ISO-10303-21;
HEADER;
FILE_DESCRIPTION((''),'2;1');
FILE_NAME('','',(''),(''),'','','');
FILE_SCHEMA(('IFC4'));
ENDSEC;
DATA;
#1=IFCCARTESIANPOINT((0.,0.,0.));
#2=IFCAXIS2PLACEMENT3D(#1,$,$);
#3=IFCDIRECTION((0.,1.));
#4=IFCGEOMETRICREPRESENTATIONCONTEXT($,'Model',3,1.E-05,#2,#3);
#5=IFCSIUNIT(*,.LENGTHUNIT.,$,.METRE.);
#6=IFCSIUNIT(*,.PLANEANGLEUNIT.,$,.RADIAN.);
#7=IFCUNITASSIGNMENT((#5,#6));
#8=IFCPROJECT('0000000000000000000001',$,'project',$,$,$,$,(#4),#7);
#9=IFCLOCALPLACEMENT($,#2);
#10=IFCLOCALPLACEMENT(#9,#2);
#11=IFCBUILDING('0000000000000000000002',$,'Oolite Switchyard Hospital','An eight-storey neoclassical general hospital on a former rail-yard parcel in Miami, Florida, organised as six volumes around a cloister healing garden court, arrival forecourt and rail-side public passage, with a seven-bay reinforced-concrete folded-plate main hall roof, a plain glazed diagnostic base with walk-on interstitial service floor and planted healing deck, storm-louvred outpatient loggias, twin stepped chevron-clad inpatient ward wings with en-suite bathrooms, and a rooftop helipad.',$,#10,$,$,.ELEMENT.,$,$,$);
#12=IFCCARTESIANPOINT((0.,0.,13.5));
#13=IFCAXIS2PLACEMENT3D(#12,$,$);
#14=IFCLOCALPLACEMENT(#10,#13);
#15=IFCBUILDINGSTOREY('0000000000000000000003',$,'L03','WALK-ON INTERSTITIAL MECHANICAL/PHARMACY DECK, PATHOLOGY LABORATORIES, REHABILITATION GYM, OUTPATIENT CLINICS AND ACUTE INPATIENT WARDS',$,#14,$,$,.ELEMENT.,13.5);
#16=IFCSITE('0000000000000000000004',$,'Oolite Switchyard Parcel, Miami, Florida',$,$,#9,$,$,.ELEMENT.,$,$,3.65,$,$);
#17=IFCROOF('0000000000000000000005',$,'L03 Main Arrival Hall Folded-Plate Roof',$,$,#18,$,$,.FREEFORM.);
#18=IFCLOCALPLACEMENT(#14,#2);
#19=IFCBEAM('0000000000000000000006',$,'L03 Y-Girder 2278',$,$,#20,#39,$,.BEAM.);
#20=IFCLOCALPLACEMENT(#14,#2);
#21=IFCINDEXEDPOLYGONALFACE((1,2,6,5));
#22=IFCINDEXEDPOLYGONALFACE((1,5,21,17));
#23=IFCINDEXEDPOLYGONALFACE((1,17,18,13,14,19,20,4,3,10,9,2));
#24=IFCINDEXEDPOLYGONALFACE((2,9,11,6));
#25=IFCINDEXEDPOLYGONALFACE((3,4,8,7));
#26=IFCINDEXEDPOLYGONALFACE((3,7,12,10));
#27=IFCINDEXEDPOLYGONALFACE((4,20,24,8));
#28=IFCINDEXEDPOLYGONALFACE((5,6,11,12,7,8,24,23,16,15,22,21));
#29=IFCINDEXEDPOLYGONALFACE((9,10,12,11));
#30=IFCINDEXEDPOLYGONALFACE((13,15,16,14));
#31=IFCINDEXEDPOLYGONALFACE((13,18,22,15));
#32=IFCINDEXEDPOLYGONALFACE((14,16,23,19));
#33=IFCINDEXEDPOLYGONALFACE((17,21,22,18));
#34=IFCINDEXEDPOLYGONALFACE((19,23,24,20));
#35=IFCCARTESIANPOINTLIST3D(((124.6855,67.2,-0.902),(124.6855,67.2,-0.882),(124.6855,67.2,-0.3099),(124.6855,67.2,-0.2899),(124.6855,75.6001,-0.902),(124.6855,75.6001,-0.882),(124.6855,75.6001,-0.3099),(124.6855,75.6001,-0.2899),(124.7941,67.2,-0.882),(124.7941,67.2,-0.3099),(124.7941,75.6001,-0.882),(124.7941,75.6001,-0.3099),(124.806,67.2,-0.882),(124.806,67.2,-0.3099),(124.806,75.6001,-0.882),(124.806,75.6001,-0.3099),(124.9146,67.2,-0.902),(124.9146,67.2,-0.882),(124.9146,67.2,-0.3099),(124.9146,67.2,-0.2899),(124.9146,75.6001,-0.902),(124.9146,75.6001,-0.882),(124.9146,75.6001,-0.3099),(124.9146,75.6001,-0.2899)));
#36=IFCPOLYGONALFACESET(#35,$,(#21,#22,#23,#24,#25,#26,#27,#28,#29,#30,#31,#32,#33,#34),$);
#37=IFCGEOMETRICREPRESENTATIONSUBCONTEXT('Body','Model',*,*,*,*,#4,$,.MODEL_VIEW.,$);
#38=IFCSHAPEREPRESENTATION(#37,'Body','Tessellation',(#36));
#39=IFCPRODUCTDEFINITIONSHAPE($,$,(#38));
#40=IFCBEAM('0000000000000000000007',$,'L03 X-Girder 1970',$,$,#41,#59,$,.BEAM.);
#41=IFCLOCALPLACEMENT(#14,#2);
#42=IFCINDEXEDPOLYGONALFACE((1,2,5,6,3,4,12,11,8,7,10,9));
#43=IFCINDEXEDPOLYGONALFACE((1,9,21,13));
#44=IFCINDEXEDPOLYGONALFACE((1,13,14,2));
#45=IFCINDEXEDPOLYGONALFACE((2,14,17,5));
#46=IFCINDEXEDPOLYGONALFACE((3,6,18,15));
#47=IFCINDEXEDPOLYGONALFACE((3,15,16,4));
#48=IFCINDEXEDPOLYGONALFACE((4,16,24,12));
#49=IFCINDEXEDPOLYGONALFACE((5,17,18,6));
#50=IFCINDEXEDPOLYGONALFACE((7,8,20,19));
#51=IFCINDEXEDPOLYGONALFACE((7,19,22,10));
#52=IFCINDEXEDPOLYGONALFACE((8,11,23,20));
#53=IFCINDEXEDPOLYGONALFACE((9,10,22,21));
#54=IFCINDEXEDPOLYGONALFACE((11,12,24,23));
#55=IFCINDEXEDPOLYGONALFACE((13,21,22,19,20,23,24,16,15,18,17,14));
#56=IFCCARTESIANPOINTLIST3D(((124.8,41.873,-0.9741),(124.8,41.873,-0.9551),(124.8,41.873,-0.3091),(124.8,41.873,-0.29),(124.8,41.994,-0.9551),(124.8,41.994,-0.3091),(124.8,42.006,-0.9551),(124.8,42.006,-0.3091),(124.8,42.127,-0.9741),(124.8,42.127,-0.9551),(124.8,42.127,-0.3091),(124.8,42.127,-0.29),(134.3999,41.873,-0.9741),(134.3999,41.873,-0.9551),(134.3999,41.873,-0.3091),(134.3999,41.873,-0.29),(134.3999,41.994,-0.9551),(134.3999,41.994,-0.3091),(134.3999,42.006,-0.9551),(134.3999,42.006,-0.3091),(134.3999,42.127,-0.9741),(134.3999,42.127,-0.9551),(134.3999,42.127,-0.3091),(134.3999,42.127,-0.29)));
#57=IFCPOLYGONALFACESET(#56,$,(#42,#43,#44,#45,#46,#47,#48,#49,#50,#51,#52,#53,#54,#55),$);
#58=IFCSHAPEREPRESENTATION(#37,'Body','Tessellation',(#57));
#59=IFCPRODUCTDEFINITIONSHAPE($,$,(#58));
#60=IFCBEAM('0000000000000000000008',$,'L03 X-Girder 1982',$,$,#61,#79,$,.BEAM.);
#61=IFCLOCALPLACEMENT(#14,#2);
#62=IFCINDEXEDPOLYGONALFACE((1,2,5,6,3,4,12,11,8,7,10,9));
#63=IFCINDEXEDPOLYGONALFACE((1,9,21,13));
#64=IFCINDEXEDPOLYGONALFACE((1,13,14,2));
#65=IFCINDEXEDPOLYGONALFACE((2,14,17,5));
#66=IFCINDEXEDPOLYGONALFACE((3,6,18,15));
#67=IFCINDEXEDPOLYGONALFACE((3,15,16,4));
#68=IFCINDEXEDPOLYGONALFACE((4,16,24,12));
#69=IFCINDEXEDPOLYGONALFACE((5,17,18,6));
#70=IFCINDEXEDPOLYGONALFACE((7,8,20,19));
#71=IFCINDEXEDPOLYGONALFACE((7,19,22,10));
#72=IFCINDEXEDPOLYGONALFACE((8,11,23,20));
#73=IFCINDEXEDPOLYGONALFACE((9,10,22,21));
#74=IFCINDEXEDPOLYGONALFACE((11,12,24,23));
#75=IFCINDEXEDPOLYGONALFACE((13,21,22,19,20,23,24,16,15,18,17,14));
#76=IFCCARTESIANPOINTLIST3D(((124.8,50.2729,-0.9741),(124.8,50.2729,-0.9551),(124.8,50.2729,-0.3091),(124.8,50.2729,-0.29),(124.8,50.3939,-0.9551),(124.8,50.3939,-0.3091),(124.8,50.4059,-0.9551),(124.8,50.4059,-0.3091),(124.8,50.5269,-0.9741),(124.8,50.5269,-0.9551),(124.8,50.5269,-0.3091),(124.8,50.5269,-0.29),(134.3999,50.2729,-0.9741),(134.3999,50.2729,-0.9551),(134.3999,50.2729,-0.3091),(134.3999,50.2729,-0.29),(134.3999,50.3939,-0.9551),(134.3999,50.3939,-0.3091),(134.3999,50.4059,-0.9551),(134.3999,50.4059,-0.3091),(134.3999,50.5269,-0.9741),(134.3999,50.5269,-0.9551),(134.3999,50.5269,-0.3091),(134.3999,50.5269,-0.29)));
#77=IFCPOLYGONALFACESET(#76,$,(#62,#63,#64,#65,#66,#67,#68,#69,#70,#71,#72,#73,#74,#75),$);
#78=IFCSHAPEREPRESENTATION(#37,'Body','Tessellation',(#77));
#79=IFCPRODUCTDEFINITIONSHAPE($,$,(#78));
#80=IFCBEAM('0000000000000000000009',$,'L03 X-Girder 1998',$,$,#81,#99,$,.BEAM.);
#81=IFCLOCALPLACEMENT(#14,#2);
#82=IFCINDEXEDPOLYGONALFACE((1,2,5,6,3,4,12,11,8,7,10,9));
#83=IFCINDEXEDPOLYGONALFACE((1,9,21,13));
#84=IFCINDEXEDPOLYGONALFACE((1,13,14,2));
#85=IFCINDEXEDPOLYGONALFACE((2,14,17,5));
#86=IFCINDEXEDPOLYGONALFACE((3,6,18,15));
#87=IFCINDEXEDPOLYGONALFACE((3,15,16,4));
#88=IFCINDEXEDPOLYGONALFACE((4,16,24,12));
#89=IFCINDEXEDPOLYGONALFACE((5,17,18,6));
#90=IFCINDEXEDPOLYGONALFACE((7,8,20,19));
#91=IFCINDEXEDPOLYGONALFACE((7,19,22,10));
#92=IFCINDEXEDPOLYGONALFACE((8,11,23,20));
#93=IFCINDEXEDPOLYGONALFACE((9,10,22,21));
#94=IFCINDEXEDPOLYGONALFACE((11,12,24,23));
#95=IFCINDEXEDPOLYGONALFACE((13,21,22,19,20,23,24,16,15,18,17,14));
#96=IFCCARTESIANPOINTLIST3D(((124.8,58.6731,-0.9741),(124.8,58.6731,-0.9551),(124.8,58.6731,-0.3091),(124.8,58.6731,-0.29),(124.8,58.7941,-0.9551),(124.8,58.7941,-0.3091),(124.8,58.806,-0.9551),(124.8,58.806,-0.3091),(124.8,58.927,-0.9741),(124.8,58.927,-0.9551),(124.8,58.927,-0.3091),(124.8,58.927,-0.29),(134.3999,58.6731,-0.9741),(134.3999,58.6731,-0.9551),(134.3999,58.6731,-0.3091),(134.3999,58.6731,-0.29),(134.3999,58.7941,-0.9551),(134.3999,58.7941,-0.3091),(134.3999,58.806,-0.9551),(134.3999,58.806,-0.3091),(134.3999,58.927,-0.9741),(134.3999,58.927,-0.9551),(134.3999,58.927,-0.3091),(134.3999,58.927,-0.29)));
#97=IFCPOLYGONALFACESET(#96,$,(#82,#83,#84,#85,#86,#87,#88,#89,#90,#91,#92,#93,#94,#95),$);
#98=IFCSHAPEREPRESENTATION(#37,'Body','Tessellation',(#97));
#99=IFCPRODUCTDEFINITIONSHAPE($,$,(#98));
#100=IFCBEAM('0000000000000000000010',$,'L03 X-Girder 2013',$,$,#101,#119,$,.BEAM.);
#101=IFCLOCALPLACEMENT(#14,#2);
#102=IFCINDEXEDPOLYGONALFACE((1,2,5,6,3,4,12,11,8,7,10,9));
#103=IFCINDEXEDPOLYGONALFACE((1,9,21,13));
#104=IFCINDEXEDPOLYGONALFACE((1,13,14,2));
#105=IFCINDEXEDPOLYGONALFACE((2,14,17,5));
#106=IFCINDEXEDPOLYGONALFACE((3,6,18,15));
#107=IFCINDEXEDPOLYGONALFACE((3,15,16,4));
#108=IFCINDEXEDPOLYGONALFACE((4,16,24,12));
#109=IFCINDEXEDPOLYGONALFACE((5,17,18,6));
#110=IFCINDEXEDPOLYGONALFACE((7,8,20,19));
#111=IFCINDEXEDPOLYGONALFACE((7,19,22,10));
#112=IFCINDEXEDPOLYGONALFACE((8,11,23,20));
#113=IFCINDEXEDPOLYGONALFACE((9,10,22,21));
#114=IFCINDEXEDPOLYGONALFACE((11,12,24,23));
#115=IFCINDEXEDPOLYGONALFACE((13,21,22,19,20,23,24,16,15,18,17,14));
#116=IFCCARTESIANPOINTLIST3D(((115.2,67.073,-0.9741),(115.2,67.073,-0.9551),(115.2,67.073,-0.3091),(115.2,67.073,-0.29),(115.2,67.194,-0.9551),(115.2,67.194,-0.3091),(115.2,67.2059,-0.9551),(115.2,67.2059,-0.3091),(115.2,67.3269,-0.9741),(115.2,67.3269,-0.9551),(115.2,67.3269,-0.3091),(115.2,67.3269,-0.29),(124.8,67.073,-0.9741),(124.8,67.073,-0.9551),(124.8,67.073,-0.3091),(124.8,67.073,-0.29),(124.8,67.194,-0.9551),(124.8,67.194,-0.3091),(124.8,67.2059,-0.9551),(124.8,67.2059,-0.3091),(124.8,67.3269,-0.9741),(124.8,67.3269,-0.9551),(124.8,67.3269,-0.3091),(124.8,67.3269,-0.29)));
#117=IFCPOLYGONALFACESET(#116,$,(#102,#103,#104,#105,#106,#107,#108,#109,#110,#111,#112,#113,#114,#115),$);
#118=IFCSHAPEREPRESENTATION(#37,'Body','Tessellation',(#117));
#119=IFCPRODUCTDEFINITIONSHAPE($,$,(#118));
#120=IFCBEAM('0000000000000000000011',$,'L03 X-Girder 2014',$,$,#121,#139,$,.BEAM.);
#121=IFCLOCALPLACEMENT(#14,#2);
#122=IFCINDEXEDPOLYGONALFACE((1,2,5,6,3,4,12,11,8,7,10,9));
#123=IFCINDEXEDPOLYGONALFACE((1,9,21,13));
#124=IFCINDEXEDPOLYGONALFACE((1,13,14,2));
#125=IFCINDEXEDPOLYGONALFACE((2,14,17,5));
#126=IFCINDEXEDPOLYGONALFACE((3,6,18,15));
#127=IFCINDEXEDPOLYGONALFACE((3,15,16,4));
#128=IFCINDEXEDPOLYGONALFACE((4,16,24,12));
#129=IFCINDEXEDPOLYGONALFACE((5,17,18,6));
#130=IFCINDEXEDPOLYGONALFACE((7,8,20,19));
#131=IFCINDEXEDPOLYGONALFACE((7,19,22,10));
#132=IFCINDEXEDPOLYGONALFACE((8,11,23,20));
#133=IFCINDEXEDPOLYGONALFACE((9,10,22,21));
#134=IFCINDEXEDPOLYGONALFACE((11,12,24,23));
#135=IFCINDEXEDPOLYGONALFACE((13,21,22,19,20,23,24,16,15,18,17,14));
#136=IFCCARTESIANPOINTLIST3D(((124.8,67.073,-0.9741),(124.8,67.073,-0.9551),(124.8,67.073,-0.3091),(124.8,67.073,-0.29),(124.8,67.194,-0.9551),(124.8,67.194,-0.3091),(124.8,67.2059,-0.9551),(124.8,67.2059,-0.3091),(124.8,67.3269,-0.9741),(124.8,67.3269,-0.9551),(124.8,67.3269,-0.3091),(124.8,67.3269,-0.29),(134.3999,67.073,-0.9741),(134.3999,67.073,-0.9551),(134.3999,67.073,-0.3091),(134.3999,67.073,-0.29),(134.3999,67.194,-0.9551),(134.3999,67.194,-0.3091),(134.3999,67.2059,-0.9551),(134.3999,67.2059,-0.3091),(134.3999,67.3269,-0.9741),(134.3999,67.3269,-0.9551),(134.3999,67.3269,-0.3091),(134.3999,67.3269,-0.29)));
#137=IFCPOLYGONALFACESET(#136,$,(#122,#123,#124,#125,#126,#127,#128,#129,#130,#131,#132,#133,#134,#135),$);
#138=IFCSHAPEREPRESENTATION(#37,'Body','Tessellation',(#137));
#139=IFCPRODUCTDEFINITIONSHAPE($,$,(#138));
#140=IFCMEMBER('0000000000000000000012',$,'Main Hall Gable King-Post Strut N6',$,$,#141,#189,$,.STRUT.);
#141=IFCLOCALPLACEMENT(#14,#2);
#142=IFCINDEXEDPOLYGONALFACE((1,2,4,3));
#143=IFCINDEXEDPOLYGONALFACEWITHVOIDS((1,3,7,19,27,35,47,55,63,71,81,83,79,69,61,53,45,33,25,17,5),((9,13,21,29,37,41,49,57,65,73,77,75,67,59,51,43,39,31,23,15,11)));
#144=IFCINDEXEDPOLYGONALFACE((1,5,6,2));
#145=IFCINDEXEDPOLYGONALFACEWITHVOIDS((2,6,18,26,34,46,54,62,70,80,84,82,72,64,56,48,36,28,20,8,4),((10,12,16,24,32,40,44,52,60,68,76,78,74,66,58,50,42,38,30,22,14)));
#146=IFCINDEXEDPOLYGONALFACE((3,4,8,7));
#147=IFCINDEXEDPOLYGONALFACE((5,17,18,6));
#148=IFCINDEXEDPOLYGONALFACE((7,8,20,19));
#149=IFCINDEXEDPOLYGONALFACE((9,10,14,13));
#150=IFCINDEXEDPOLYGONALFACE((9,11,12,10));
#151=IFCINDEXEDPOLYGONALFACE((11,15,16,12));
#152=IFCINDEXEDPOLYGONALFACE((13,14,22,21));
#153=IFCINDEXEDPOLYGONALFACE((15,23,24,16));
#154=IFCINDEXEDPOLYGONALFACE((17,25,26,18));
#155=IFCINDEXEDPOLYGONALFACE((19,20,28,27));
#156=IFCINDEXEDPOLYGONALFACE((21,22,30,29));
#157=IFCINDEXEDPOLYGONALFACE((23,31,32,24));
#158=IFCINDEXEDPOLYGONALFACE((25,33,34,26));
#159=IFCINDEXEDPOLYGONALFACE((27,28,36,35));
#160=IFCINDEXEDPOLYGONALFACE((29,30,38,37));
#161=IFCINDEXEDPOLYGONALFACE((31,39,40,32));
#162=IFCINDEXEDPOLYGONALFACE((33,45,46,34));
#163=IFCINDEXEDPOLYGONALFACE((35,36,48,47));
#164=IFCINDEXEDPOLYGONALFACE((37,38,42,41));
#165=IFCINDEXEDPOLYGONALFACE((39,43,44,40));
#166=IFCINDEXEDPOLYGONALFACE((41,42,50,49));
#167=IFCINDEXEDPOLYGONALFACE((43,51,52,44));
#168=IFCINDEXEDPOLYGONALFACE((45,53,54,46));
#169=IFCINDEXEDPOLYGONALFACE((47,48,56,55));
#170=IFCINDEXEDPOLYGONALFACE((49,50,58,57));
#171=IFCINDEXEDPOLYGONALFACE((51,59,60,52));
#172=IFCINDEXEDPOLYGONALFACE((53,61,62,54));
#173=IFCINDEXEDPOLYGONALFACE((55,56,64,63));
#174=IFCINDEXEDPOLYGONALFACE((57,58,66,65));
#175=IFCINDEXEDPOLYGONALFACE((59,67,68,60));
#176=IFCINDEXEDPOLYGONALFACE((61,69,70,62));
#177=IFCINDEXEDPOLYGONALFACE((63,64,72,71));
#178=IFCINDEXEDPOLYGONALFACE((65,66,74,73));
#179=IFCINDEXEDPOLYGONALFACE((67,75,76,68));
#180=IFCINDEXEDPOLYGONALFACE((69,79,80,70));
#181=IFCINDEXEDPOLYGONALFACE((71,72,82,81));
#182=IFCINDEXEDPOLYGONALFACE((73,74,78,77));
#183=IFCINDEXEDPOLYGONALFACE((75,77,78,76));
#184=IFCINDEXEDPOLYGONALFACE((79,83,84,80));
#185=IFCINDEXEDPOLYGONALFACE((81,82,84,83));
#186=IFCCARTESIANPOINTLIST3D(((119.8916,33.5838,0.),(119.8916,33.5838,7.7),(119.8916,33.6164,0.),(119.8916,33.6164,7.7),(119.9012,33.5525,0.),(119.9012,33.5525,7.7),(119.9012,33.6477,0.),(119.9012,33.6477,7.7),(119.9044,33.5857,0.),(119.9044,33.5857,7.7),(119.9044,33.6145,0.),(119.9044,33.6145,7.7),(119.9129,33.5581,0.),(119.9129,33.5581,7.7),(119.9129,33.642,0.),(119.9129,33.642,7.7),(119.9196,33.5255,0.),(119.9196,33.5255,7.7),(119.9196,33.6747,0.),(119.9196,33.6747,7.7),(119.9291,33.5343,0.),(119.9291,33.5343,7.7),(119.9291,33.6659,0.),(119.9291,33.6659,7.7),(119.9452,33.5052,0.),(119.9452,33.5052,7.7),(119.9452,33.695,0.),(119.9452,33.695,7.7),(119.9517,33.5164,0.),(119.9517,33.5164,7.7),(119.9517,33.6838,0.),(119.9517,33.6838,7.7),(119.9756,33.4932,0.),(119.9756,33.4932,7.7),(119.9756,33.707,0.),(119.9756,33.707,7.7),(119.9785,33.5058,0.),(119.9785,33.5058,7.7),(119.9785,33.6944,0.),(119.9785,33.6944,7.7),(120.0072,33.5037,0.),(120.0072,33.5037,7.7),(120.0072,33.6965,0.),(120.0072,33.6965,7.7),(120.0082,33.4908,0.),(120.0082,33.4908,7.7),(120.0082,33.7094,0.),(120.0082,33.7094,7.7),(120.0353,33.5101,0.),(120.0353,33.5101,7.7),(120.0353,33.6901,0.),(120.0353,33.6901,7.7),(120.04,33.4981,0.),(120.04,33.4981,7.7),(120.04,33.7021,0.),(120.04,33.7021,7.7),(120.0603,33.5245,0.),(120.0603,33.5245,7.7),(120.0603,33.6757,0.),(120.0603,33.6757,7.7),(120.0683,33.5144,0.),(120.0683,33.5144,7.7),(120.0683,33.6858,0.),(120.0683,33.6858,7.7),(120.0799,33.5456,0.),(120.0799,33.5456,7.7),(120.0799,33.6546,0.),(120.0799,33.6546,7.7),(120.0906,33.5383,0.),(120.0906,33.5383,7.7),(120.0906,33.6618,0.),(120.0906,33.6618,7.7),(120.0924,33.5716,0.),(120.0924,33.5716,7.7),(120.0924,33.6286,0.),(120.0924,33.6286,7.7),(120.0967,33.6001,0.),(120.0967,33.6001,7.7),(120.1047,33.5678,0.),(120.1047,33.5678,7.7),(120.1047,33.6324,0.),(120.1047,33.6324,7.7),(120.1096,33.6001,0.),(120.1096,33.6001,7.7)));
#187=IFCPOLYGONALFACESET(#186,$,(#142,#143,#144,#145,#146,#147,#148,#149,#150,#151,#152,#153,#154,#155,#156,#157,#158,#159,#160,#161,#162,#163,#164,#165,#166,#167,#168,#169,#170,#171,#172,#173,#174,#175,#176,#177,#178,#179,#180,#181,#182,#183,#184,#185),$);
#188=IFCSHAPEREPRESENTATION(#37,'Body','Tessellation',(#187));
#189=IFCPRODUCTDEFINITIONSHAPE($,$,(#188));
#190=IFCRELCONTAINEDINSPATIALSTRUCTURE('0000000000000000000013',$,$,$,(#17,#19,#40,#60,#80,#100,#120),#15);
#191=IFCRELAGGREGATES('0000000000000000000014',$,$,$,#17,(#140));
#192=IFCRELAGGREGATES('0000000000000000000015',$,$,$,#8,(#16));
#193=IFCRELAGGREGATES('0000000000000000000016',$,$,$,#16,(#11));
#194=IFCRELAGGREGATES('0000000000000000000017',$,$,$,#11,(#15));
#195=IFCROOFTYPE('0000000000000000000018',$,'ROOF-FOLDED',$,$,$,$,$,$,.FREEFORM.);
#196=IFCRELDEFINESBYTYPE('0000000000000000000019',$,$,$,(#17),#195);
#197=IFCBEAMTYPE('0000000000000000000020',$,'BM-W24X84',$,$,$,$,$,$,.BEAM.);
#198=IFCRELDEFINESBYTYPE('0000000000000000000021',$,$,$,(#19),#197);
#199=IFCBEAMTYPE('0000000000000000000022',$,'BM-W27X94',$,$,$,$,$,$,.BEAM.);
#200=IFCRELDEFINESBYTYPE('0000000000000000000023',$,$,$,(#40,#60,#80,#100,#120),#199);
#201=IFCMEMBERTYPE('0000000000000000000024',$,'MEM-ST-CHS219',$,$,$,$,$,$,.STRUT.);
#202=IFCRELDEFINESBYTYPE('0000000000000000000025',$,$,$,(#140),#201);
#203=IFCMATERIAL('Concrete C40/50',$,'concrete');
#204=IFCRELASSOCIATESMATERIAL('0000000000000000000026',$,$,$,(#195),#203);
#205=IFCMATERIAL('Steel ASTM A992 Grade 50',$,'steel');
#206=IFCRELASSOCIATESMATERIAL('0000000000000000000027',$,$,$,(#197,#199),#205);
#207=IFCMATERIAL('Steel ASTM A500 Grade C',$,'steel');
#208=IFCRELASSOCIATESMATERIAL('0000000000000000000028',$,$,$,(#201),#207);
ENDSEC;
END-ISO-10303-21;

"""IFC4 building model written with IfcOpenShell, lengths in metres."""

from ifc_helpers import new_model, si_unit, direction, frame, origin, origin_2d, place, context, subcontext, project, spatial, hollow_circle, i_section, extrude, material, material_profile, profile_set, type_object, element, aggregate, save


model = new_model("IFC4")

# Units and contexts
model_context = context("Model", 3, precision=1e-05, world=origin(), true_north=direction((0.0, 1.0)))
body_context = subcontext(model_context, "Body", "Model", "MODEL_VIEW")
ifc_project = project(units=[si_unit("LENGTHUNIT", "METRE"), si_unit("PLANEANGLEUNIT", "RADIAN")], contexts=[model_context])

# Site, building, storey
site_placement = place(None, origin())
site = spatial("IfcSite", under=ifc_project, at=site_placement, Name="Oolite Switchyard Parcel, Miami, Florida", CompositionType="ELEMENT", RefElevation=3.65)
building_placement = place(site_placement, origin())
building = spatial("IfcBuilding", under=site, at=building_placement, Name="Oolite Switchyard Hospital", Description="An eight-storey neoclassical general hospital on a former rail-yard parcel in Miami, Florida, organised as six volumes around a cloister healing garden court, arrival forecourt and rail-side public passage, with a seven-bay reinforced-concrete folded-plate main hall roof, a plain glazed diagnostic base with walk-on interstitial service floor and planted healing deck, storm-louvred outpatient loggias, twin stepped chevron-clad inpatient ward wings with en-suite bathrooms, and a rooftop helipad.", CompositionType="ELEMENT")
storey_placement = place(building_placement, frame((0.0, 0.0, 13.5)))
storey = spatial("IfcBuildingStorey", under=building, at=storey_placement, Name="L03", Description="WALK-ON INTERSTITIAL MECHANICAL/PHARMACY DECK, PATHOLOGY LABORATORIES, REHABILITATION GYM, OUTPATIENT CLINICS AND ACUTE INPATIENT WARDS", CompositionType="ELEMENT", Elevation=13.5)

# Roof
ifc_material_1 = material(Name="Concrete C40/50", Category="concrete")
roof_type = type_object("IfcRoofType", Name="ROOF-FOLDED", PredefinedType="FREEFORM", material=ifc_material_1)
roof_placement = place(storey_placement, origin())
roof = element("IfcRoof", 1, at=roof_placement, inside=storey, type_object=roof_type, Name="L03 Main Arrival Hall Folded-Plate Roof", PredefinedType="FREEFORM")

# Beams
ifc_material_2 = material(Name="Steel ASTM A992 Grade 50", Category="steel")
ifc_material_profile_1 = material_profile(ifc_material_2, i_section(OverallWidth=0.229, OverallDepth=0.6121, WebThickness=0.012, FlangeThickness=0.02, at=origin_2d()), Name="W24X84")
ifc_profile_set_1 = profile_set([ifc_material_profile_1], Name="Steel ASTM A992 Grade 50")
beam_type_1 = type_object("IfcBeamType", Name="BM-W24X84", PredefinedType="BEAM", material=ifc_profile_set_1)
beam_1_placement = place(storey_placement, frame((124.8, 67.2, -0.5959), z_axis=(0.0, 1.0, 0.0), x_axis=(-1.0, 0.0, 0.0)))
element("IfcBeam", 2, at=beam_1_placement, inside=storey, type_object=beam_type_1, Name="L03 Y-Girder 2278", PredefinedType="BEAM", context=body_context, shape_type="SweptSolid", body=[
    extrude(i_section(OverallWidth=0.229, OverallDepth=0.6121, WebThickness=0.012, FlangeThickness=0.02, at=origin_2d()), origin(), (0.0, 0.0, 1.0), 8.4001),
])
ifc_material_profile_2 = material_profile(ifc_material_2, i_section(OverallWidth=0.2539, OverallDepth=0.6841, WebThickness=0.012, FlangeThickness=0.019, at=origin_2d()), Name="W27X94")
ifc_profile_set_2 = profile_set([ifc_material_profile_2], Name="Steel ASTM A992 Grade 50")
beam_type_2 = type_object("IfcBeamType", Name="BM-W27X94", PredefinedType="BEAM", material=ifc_profile_set_2)
for number, where, z_axis, x_axis, name in (
    (3, (124.8, 42.0, -0.6321), (1.0, 0.0, 0.0), (0.0, 1.0, 0.0), "L03 X-Girder 1970"),
    (4, (124.8, 50.3999, -0.6321), (1.0, 0.0, 0.0), (0.0, 1.0, 0.0), "L03 X-Girder 1982"),
    (5, (124.8, 58.8, -0.6321), (1.0, 0.0, 0.0), (0.0, 1.0, 0.0), "L03 X-Girder 1998"),
):
    element("IfcBeam", number, at=place(storey_placement, frame(where, z_axis=z_axis, x_axis=x_axis)), inside=storey, type_object=beam_type_2, Name=name, PredefinedType="BEAM", context=body_context, shape_type="SweptSolid", body=[
        extrude(i_section(OverallWidth=0.2539, OverallDepth=0.6841, WebThickness=0.012, FlangeThickness=0.019, at=origin_2d()), origin(), (0.0, 0.0, 1.0), 9.5999),
    ])
beam_2_placement = place(storey_placement, frame((115.2, 67.2, -0.6321), z_axis=(1.0, 0.0, 0.0), x_axis=(0.0, 1.0, 0.0)))
element("IfcBeam", 6, at=beam_2_placement, inside=storey, type_object=beam_type_2, Name="L03 X-Girder 2013", PredefinedType="BEAM", context=body_context, shape_type="SweptSolid", body=[
    extrude(i_section(OverallWidth=0.2539, OverallDepth=0.6841, WebThickness=0.012, FlangeThickness=0.019, at=origin_2d()), origin(), (0.0, 0.0, 1.0), 9.6001),
])
beam_3_placement = place(storey_placement, frame((124.8, 67.2, -0.6321), z_axis=(1.0, 0.0, 0.0), x_axis=(0.0, 1.0, 0.0)))
element("IfcBeam", 7, at=beam_3_placement, inside=storey, type_object=beam_type_2, Name="L03 X-Girder 2014", PredefinedType="BEAM", context=body_context, shape_type="SweptSolid", body=[
    extrude(i_section(OverallWidth=0.2539, OverallDepth=0.6841, WebThickness=0.012, FlangeThickness=0.019, at=origin_2d()), origin(), (0.0, 0.0, 1.0), 9.5999),
])

# Member
ifc_material_3 = material(Name="Steel ASTM A500 Grade C", Category="steel")
ifc_material_profile_3 = material_profile(ifc_material_3, hollow_circle(Radius=0.1096, WallThickness=0.0129, at=origin_2d()), Name="HSS219X13")
ifc_profile_set_3 = profile_set([ifc_material_profile_3], Name="Steel ASTM A500 Grade C")
member_type = type_object("IfcMemberType", Name="MEM-ST-CHS219", PredefinedType="STRUT", material=ifc_profile_set_3)
member_placement = place(storey_placement, frame((120.0, 33.6001, 0.0), z_axis=(0.0, 0.0, 1.0), x_axis=(1.0, 0.0, 0.0)))
member = element("IfcMember", 8, at=member_placement, type_object=member_type, Name="Main Hall Gable King-Post Strut N6", PredefinedType="STRUT", context=body_context, shape_type="SweptSolid", body=[
    extrude(hollow_circle(Radius=0.1096, WallThickness=0.0129, at=origin_2d()), origin(), (0.0, 0.0, 1.0), 7.7),
])
aggregate(roof, [member])

save(model, "model.ifc")
